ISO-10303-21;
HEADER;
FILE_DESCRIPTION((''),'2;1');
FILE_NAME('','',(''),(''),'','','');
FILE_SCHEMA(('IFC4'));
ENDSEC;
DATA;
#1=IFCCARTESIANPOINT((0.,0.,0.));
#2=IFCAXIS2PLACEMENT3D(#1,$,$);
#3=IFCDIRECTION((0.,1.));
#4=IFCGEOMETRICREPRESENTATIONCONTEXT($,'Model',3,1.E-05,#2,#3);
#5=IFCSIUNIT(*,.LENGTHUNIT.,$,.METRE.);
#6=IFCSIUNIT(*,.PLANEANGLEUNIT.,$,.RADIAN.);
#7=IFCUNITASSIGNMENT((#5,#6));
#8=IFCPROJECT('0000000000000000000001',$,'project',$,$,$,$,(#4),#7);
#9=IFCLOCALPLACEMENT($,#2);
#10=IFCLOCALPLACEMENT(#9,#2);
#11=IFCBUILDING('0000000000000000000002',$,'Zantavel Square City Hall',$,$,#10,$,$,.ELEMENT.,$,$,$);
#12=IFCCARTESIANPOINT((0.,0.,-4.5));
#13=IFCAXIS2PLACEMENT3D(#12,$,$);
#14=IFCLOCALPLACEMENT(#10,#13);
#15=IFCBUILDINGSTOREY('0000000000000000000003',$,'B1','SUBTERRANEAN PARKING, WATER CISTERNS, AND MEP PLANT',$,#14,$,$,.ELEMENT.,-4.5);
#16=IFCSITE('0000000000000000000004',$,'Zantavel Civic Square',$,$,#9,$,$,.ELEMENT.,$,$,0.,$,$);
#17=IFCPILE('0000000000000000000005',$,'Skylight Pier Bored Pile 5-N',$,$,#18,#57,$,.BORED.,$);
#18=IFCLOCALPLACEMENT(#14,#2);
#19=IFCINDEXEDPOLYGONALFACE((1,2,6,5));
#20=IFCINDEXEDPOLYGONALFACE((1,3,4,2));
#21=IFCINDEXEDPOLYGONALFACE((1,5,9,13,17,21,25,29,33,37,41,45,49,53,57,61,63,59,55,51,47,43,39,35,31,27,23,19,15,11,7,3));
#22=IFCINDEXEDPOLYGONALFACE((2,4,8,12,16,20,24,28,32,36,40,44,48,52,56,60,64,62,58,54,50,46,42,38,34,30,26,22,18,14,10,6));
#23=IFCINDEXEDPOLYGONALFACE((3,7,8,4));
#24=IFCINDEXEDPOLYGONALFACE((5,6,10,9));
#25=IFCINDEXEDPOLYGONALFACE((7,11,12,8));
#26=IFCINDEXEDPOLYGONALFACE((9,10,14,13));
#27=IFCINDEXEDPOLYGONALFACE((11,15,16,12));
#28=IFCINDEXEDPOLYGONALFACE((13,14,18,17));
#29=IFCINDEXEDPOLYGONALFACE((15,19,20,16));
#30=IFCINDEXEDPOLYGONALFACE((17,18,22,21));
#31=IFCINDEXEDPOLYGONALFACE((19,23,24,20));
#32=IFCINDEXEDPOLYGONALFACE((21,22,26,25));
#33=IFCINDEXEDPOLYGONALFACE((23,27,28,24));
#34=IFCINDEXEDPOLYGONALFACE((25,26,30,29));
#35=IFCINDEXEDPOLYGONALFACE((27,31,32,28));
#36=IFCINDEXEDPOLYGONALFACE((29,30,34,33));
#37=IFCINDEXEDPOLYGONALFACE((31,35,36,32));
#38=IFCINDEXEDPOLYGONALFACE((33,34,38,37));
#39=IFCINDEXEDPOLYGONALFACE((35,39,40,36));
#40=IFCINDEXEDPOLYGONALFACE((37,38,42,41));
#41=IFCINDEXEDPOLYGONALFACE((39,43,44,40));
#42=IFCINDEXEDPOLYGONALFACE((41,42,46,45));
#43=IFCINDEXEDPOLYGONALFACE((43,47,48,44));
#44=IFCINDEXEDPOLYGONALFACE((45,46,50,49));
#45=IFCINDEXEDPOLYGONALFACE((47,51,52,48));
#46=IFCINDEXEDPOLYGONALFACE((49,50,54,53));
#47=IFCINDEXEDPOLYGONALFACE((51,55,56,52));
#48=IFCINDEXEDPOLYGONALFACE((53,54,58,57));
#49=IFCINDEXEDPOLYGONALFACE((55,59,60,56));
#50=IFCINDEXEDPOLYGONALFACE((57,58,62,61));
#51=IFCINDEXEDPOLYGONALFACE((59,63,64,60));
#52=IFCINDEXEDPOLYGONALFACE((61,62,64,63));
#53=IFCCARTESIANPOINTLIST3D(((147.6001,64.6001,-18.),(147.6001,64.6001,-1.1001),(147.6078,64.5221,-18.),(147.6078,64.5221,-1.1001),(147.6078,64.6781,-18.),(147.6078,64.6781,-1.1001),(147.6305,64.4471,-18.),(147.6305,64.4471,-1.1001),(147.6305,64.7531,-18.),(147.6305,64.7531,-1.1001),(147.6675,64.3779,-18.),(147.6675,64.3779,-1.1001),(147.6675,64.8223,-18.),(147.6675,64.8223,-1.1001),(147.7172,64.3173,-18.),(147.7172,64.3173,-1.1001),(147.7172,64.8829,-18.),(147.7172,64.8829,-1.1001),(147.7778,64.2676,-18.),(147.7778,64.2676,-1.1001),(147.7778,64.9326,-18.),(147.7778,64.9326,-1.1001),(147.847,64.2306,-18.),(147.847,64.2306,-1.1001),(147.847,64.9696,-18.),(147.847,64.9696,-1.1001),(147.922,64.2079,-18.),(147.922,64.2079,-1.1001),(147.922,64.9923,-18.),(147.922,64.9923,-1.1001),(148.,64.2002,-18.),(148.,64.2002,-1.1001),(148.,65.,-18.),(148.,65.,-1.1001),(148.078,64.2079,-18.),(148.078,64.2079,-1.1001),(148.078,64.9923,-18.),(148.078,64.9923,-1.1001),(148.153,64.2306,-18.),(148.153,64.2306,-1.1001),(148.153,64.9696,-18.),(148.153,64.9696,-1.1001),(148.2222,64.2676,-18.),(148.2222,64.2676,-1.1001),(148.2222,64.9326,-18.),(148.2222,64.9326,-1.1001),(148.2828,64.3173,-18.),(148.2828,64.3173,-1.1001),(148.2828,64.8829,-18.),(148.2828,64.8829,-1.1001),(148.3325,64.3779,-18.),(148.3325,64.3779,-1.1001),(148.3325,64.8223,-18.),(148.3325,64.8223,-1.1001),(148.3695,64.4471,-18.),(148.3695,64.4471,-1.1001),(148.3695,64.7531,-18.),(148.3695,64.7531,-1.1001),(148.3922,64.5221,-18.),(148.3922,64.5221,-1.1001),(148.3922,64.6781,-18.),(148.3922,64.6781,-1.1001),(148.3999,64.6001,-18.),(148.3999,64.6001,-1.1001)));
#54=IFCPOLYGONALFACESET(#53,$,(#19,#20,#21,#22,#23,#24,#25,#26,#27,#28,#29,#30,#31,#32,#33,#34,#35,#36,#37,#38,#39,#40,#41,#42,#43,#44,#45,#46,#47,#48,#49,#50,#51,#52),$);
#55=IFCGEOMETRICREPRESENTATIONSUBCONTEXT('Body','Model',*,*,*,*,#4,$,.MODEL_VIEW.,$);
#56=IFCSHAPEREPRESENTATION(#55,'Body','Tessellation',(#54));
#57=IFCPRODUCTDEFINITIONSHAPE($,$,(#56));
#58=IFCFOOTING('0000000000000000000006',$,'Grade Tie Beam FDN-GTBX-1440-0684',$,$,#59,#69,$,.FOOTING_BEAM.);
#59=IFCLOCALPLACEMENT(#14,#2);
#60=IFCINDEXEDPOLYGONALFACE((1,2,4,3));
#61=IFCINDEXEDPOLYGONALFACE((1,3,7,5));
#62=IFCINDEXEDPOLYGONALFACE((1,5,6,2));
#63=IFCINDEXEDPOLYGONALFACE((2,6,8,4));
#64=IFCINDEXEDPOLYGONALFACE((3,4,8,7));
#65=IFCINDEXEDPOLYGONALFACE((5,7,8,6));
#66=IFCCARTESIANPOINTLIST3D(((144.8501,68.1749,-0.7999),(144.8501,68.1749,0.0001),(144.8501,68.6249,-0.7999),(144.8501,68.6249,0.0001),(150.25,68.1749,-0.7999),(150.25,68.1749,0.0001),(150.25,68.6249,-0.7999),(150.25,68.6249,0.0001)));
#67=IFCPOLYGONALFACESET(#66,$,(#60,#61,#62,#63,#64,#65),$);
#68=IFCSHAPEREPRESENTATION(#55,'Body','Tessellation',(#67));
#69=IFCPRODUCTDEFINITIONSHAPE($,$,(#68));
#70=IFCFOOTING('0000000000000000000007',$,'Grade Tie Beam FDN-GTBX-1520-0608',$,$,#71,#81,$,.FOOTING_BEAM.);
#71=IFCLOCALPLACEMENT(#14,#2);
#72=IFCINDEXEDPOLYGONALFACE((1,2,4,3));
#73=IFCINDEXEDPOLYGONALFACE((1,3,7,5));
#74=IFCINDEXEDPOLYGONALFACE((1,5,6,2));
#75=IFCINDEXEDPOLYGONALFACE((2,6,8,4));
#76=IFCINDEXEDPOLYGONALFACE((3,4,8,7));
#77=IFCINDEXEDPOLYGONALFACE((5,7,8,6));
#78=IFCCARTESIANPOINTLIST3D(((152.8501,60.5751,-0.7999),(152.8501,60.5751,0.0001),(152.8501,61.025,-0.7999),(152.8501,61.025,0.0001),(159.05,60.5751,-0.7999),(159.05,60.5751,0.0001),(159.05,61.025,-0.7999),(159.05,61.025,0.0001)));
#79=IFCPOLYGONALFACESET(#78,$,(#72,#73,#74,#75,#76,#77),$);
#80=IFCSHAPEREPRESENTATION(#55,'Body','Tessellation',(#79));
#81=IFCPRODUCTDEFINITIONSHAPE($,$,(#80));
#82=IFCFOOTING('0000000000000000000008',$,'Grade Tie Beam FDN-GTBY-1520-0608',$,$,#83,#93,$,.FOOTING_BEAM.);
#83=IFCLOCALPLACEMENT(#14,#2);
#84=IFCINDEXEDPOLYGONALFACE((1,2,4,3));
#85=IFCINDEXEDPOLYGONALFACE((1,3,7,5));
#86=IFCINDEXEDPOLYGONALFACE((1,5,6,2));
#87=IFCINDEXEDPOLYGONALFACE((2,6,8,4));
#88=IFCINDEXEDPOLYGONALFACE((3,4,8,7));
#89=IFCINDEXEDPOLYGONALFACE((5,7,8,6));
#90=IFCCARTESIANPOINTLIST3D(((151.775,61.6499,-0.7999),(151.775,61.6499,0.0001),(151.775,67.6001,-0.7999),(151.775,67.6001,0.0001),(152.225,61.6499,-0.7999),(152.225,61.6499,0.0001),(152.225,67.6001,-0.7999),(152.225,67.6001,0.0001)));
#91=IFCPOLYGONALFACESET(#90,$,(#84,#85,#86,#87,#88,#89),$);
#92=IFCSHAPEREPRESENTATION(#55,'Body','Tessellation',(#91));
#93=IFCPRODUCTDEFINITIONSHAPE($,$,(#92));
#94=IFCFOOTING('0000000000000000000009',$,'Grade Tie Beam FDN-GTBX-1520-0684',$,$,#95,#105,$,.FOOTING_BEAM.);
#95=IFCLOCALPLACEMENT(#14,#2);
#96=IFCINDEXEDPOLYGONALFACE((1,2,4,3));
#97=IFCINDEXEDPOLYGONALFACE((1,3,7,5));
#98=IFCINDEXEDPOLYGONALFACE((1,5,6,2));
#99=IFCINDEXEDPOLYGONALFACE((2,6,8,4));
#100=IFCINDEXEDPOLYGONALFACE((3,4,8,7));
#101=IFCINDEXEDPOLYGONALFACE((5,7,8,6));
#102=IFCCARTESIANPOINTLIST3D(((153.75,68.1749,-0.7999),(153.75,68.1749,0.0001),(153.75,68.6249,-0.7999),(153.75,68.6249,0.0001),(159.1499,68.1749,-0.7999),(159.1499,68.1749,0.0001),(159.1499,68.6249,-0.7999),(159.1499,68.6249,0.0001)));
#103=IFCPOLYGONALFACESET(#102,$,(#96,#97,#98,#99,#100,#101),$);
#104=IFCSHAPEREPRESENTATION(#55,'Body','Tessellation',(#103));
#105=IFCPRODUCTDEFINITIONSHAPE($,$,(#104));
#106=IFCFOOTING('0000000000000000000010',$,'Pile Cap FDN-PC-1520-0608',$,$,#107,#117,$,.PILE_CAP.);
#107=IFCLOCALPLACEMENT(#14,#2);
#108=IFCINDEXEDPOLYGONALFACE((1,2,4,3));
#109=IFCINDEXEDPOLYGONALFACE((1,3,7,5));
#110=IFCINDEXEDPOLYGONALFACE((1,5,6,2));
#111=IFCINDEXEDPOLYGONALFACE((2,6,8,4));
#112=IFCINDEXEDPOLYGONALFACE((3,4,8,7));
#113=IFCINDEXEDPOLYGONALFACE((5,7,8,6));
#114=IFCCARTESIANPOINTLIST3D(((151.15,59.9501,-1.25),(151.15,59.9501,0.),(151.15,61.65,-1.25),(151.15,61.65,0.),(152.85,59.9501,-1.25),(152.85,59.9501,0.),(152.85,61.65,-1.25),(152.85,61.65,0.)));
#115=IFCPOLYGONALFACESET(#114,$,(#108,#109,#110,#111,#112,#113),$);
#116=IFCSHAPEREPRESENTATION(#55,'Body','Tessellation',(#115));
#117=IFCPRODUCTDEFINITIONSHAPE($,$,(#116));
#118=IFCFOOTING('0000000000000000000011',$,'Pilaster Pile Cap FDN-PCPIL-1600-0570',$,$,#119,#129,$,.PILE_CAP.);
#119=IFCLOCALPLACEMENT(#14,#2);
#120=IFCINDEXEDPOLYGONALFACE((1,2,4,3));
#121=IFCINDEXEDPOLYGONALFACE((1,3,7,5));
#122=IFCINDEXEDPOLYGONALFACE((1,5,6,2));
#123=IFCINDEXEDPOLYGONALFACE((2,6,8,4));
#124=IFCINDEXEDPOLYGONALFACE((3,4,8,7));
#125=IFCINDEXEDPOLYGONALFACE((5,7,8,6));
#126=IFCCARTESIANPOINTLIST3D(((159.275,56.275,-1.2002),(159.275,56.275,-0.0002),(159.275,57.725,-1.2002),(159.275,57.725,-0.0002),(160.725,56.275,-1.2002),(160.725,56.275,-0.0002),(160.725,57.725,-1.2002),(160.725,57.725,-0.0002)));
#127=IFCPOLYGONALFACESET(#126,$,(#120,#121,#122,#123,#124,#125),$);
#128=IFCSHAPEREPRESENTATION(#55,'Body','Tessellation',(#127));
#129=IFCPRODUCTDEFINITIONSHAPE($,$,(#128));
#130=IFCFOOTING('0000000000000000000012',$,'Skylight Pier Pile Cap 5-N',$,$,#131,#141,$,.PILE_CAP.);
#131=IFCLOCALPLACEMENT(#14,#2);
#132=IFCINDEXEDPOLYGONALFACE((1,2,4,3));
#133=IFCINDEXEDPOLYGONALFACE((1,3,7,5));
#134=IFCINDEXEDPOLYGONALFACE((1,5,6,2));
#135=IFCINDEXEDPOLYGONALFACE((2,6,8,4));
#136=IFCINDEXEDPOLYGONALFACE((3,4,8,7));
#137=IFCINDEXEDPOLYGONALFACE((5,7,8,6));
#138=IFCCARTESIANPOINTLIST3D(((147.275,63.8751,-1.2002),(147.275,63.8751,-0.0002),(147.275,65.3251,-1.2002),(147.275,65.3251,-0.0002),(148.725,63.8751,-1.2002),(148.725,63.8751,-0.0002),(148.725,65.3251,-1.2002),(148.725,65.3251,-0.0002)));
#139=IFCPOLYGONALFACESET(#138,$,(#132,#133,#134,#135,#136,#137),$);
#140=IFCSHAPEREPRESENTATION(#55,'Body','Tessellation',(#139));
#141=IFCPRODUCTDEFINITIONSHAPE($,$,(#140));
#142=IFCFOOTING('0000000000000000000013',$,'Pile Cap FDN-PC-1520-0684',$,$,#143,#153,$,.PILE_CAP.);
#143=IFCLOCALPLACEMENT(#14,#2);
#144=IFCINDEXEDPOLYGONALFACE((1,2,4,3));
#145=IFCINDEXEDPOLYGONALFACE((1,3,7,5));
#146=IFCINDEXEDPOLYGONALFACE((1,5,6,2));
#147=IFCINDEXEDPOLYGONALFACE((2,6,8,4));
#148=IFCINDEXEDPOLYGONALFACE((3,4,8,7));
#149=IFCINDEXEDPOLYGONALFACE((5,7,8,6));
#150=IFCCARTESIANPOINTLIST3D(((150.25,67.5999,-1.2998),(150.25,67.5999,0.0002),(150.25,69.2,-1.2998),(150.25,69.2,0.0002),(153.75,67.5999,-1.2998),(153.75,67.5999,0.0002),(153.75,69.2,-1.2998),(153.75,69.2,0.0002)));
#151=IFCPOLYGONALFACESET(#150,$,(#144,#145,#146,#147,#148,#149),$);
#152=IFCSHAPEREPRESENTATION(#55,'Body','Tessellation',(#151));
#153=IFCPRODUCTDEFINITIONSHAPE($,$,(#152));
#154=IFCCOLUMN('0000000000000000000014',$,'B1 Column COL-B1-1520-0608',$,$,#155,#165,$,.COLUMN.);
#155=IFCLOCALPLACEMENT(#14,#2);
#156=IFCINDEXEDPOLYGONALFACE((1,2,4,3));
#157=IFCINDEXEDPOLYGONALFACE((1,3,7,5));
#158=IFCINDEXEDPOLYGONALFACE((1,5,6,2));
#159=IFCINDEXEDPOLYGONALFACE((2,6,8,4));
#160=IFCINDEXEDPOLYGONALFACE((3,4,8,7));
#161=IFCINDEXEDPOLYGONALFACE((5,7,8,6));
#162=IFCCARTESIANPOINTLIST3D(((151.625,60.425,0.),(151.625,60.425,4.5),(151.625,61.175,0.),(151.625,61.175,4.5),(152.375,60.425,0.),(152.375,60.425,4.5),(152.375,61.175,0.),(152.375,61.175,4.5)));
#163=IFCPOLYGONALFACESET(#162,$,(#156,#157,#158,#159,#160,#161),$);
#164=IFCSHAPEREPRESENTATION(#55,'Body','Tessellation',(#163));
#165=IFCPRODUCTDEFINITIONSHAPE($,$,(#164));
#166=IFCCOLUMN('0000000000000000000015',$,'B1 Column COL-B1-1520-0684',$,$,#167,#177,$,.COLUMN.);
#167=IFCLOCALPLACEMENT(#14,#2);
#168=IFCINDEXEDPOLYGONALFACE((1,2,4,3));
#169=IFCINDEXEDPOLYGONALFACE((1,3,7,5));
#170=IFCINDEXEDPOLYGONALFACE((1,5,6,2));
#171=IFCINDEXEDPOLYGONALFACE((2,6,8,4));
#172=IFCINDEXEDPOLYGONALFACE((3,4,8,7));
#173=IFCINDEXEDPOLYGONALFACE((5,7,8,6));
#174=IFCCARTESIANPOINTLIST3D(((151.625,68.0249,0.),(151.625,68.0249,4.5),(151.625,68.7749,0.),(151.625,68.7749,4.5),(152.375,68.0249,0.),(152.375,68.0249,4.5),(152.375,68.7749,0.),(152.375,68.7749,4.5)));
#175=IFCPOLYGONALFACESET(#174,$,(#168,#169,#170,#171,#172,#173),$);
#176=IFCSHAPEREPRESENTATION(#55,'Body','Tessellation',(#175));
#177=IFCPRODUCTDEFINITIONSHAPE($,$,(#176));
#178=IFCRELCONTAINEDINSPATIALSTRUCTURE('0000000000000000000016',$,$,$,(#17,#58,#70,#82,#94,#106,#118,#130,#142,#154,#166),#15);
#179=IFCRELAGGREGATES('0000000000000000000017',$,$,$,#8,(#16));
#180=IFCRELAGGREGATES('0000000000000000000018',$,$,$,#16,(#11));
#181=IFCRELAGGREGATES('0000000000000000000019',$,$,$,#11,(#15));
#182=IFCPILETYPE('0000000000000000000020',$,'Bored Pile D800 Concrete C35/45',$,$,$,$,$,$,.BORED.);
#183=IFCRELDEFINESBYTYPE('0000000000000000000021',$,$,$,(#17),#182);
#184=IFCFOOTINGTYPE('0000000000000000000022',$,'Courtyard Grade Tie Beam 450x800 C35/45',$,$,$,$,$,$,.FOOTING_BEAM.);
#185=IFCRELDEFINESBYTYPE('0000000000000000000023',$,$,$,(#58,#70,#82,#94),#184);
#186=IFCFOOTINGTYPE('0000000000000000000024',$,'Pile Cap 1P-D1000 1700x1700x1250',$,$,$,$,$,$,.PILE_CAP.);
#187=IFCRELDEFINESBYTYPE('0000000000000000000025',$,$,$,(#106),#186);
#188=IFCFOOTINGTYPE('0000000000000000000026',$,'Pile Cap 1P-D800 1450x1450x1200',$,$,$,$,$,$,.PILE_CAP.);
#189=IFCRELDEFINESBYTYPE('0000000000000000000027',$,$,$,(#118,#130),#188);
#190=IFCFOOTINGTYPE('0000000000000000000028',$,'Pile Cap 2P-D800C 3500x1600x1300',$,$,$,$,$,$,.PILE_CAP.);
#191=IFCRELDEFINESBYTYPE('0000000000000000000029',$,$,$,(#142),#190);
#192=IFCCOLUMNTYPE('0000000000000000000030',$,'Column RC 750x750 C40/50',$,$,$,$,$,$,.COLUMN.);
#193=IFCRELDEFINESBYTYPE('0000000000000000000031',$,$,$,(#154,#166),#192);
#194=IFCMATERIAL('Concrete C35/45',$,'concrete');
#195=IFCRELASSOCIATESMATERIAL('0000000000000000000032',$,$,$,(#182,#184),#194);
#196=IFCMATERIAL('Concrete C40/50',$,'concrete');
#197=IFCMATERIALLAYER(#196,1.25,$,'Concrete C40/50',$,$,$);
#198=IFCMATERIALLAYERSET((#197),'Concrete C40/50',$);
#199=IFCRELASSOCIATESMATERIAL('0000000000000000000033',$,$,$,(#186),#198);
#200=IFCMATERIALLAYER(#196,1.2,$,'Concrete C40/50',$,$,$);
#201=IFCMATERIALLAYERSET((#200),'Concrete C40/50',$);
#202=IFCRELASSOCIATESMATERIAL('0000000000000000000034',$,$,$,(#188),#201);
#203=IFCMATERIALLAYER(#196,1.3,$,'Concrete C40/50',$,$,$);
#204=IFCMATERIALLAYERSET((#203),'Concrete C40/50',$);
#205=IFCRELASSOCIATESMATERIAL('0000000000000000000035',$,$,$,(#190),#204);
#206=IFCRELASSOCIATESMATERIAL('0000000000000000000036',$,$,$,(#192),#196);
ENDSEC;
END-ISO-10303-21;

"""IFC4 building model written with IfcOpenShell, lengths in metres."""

from ifc_helpers import new_model, si_unit, direction, frame, origin, origin_2d, place, context, subcontext, project, spatial, rectangle, circle, extrude, material, layer, layer_set, material_profile, profile_set, type_object, element, save


model = new_model("IFC4")

# Units and contexts
model_context = context("Model", 3, precision=1e-05, world=origin(), true_north=direction((0.0, 1.0)))
body_context = subcontext(model_context, "Body", "Model", "MODEL_VIEW")
ifc_project = project(units=[si_unit("LENGTHUNIT", "METRE"), si_unit("PLANEANGLEUNIT", "RADIAN")], contexts=[model_context])

# Site, building, storey
site_placement = place(None, origin())
site = spatial("IfcSite", under=ifc_project, at=site_placement, Name="Zantavel Civic Square", CompositionType="ELEMENT", RefElevation=0.0)
building_placement = place(site_placement, origin())
building = spatial("IfcBuilding", under=site, at=building_placement, Name="Zantavel Square City Hall", CompositionType="ELEMENT")
storey_placement = place(building_placement, frame((0.0, 0.0, -4.5)))
storey = spatial("IfcBuildingStorey", under=building, at=storey_placement, Name="B1", Description="SUBTERRANEAN PARKING, WATER CISTERNS, AND MEP PLANT", CompositionType="ELEMENT", Elevation=-4.5)

# Pile
ifc_material_1 = material(Name="Concrete C35/45", Category="concrete")
ifc_material_profile_1 = material_profile(ifc_material_1, circle(Radius=0.3999, at=origin_2d()), Name="PILE D800")
ifc_profile_set_1 = profile_set([ifc_material_profile_1], Name="Concrete C35/45")
pile_type_1 = type_object("IfcPileType", Name="Bored Pile D800 Concrete C35/45", PredefinedType="BORED", material=ifc_profile_set_1)
for number, where, z_axis, x_axis, name in (
    (1, (148.0, 64.6001, -1.1001), (0.0, 0.0, -1.0), (1.0, 0.0, 0.0), "Skylight Pier Bored Pile 5-N"),
):
    element("IfcPile", number, at=place(storey_placement, frame(where, z_axis=z_axis, x_axis=x_axis)), inside=storey, type_object=pile_type_1, Name=name, PredefinedType="BORED", context=body_context, shape_type="SweptSolid", body=[
        extrude(circle(Radius=0.3999, at=origin_2d()), origin(), (0.0, 0.0, 1.0), 16.8999),
    ])

# Footings
ifc_material_profile_2 = material_profile(ifc_material_1, rectangle(XDim=0.45, YDim=0.8, at=origin_2d()), Name="RC 450x800")
ifc_profile_set_2 = profile_set([ifc_material_profile_2], Name="Concrete C35/45")
footing_type_1 = type_object("IfcFootingType", Name="Courtyard Grade Tie Beam 450x800 C35/45", PredefinedType="FOOTING_BEAM", material=ifc_profile_set_2)
footing_1_placement = place(storey_placement, frame((144.8501, 68.3999, -0.3999), z_axis=(1.0, 0.0, 0.0), x_axis=(0.0, 1.0, 0.0)))
element("IfcFooting", 2, at=footing_1_placement, inside=storey, type_object=footing_type_1, Name="Grade Tie Beam FDN-GTBX-1440-0684", PredefinedType="FOOTING_BEAM", context=body_context, shape_type="SweptSolid", body=[
    extrude(rectangle(XDim=0.45, YDim=0.8, at=origin_2d()), origin(), (0.0, 0.0, 1.0), 5.3999),
])
footing_2_placement = place(storey_placement, frame((152.8501, 60.8, -0.3999), z_axis=(1.0, 0.0, 0.0), x_axis=(0.0, 1.0, 0.0)))
element("IfcFooting", 3, at=footing_2_placement, inside=storey, type_object=footing_type_1, Name="Grade Tie Beam FDN-GTBX-1520-0608", PredefinedType="FOOTING_BEAM", context=body_context, shape_type="SweptSolid", body=[
    extrude(rectangle(XDim=0.45, YDim=0.8, at=origin_2d()), origin(), (0.0, 0.0, 1.0), 6.2),
])
footing_3_placement = place(storey_placement, frame((152.0, 61.6499, -0.3999), z_axis=(0.0, 1.0, 0.0), x_axis=(-1.0, 0.0, 0.0)))
element("IfcFooting", 4, at=footing_3_placement, inside=storey, type_object=footing_type_1, Name="Grade Tie Beam FDN-GTBY-1520-0608", PredefinedType="FOOTING_BEAM", context=body_context, shape_type="SweptSolid", body=[
    extrude(rectangle(XDim=0.45, YDim=0.8, at=origin_2d()), origin(), (0.0, 0.0, 1.0), 5.9502),
])
footing_4_placement = place(storey_placement, frame((153.75, 68.3999, -0.3999), z_axis=(1.0, 0.0, 0.0), x_axis=(0.0, 1.0, 0.0)))
element("IfcFooting", 5, at=footing_4_placement, inside=storey, type_object=footing_type_1, Name="Grade Tie Beam FDN-GTBX-1520-0684", PredefinedType="FOOTING_BEAM", context=body_context, shape_type="SweptSolid", body=[
    extrude(rectangle(XDim=0.45, YDim=0.8, at=origin_2d()), origin(), (0.0, 0.0, 1.0), 5.3999),
])
ifc_material_2 = material(Name="Concrete C40/50", Category="concrete")
ifc_layer_1 = layer(ifc_material_2, 1.25, Name="Concrete C40/50")
ifc_layer_set_1 = layer_set([ifc_layer_1], Name="Concrete C40/50")
footing_type_2 = type_object("IfcFootingType", Name="Pile Cap 1P-D1000 1700x1700x1250", PredefinedType="PILE_CAP", material=ifc_layer_set_1)
footing_5_placement = place(storey_placement, frame((152.0, 60.8, -1.25), z_axis=(0.0, 0.0, 1.0), x_axis=(1.0, 0.0, 0.0)))
element("IfcFooting", 6, at=footing_5_placement, inside=storey, type_object=footing_type_2, Name="Pile Cap FDN-PC-1520-0608", PredefinedType="PILE_CAP", context=body_context, shape_type="SweptSolid", body=[
    extrude(rectangle(XDim=1.7, YDim=1.7, at=origin_2d()), origin(), (0.0, 0.0, 1.0), 1.25),
])
ifc_layer_2 = layer(ifc_material_2, 1.2, Name="Concrete C40/50")
ifc_layer_set_2 = layer_set([ifc_layer_2], Name="Concrete C40/50")
footing_type_3 = type_object("IfcFootingType", Name="Pile Cap 1P-D800 1450x1450x1200", PredefinedType="PILE_CAP", material=ifc_layer_set_2)
for number, where, z_axis, x_axis, name in (
    (7, (160.0, 57.0, -1.2002), (0.0, 0.0, 1.0), (1.0, 0.0, 0.0), "Pilaster Pile Cap FDN-PCPIL-1600-0570"),
    (8, (148.0, 64.6001, -1.2002), (0.0, 0.0, 1.0), (1.0, 0.0, 0.0), "Skylight Pier Pile Cap 5-N"),
):
    element("IfcFooting", number, at=place(storey_placement, frame(where, z_axis=z_axis, x_axis=x_axis)), inside=storey, type_object=footing_type_3, Name=name, PredefinedType="PILE_CAP", context=body_context, shape_type="SweptSolid", body=[
        extrude(rectangle(XDim=1.45, YDim=1.45, at=origin_2d()), origin(), (0.0, 0.0, 1.0), 1.2),
    ])
ifc_layer_3 = layer(ifc_material_2, 1.3, Name="Concrete C40/50")
ifc_layer_set_3 = layer_set([ifc_layer_3], Name="Concrete C40/50")
footing_type_4 = type_object("IfcFootingType", Name="Pile Cap 2P-D800C 3500x1600x1300", PredefinedType="PILE_CAP", material=ifc_layer_set_3)
footing_6_placement = place(storey_placement, frame((152.0, 68.3999, -1.2998), z_axis=(0.0, 0.0, 1.0), x_axis=(1.0, 0.0, 0.0)))
element("IfcFooting", 9, at=footing_6_placement, inside=storey, type_object=footing_type_4, Name="Pile Cap FDN-PC-1520-0684", PredefinedType="PILE_CAP", context=body_context, shape_type="SweptSolid", body=[
    extrude(rectangle(XDim=3.5, YDim=1.6001, at=origin_2d()), origin(), (0.0, 0.0, 1.0), 1.3),
])

# Columns
ifc_material_profile_3 = material_profile(ifc_material_2, rectangle(XDim=0.75, YDim=0.75, at=origin_2d()), Name="RC 750x750")
ifc_profile_set_3 = profile_set([ifc_material_profile_3], Name="Concrete C40/50")
column_type_1 = type_object("IfcColumnType", Name="Column RC 750x750 C40/50", PredefinedType="COLUMN", material=ifc_profile_set_3)
for number, where, z_axis, x_axis, name in (
    (10, (152.0, 60.8, 0.0), (0.0, 0.0, 1.0), (1.0, 0.0, 0.0), "B1 Column COL-B1-1520-0608"),
    (11, (152.0, 68.3999, 0.0), (0.0, 0.0, 1.0), (1.0, 0.0, 0.0), "B1 Column COL-B1-1520-0684"),
):
    element("IfcColumn", number, at=place(storey_placement, frame(where, z_axis=z_axis, x_axis=x_axis)), inside=storey, type_object=column_type_1, Name=name, PredefinedType="COLUMN", context=body_context, shape_type="SweptSolid", body=[
        extrude(rectangle(XDim=0.75, YDim=0.75, at=origin_2d()), origin(), (0.0, 0.0, 1.0), 4.5),
    ])

save(model, "model.ifc")
